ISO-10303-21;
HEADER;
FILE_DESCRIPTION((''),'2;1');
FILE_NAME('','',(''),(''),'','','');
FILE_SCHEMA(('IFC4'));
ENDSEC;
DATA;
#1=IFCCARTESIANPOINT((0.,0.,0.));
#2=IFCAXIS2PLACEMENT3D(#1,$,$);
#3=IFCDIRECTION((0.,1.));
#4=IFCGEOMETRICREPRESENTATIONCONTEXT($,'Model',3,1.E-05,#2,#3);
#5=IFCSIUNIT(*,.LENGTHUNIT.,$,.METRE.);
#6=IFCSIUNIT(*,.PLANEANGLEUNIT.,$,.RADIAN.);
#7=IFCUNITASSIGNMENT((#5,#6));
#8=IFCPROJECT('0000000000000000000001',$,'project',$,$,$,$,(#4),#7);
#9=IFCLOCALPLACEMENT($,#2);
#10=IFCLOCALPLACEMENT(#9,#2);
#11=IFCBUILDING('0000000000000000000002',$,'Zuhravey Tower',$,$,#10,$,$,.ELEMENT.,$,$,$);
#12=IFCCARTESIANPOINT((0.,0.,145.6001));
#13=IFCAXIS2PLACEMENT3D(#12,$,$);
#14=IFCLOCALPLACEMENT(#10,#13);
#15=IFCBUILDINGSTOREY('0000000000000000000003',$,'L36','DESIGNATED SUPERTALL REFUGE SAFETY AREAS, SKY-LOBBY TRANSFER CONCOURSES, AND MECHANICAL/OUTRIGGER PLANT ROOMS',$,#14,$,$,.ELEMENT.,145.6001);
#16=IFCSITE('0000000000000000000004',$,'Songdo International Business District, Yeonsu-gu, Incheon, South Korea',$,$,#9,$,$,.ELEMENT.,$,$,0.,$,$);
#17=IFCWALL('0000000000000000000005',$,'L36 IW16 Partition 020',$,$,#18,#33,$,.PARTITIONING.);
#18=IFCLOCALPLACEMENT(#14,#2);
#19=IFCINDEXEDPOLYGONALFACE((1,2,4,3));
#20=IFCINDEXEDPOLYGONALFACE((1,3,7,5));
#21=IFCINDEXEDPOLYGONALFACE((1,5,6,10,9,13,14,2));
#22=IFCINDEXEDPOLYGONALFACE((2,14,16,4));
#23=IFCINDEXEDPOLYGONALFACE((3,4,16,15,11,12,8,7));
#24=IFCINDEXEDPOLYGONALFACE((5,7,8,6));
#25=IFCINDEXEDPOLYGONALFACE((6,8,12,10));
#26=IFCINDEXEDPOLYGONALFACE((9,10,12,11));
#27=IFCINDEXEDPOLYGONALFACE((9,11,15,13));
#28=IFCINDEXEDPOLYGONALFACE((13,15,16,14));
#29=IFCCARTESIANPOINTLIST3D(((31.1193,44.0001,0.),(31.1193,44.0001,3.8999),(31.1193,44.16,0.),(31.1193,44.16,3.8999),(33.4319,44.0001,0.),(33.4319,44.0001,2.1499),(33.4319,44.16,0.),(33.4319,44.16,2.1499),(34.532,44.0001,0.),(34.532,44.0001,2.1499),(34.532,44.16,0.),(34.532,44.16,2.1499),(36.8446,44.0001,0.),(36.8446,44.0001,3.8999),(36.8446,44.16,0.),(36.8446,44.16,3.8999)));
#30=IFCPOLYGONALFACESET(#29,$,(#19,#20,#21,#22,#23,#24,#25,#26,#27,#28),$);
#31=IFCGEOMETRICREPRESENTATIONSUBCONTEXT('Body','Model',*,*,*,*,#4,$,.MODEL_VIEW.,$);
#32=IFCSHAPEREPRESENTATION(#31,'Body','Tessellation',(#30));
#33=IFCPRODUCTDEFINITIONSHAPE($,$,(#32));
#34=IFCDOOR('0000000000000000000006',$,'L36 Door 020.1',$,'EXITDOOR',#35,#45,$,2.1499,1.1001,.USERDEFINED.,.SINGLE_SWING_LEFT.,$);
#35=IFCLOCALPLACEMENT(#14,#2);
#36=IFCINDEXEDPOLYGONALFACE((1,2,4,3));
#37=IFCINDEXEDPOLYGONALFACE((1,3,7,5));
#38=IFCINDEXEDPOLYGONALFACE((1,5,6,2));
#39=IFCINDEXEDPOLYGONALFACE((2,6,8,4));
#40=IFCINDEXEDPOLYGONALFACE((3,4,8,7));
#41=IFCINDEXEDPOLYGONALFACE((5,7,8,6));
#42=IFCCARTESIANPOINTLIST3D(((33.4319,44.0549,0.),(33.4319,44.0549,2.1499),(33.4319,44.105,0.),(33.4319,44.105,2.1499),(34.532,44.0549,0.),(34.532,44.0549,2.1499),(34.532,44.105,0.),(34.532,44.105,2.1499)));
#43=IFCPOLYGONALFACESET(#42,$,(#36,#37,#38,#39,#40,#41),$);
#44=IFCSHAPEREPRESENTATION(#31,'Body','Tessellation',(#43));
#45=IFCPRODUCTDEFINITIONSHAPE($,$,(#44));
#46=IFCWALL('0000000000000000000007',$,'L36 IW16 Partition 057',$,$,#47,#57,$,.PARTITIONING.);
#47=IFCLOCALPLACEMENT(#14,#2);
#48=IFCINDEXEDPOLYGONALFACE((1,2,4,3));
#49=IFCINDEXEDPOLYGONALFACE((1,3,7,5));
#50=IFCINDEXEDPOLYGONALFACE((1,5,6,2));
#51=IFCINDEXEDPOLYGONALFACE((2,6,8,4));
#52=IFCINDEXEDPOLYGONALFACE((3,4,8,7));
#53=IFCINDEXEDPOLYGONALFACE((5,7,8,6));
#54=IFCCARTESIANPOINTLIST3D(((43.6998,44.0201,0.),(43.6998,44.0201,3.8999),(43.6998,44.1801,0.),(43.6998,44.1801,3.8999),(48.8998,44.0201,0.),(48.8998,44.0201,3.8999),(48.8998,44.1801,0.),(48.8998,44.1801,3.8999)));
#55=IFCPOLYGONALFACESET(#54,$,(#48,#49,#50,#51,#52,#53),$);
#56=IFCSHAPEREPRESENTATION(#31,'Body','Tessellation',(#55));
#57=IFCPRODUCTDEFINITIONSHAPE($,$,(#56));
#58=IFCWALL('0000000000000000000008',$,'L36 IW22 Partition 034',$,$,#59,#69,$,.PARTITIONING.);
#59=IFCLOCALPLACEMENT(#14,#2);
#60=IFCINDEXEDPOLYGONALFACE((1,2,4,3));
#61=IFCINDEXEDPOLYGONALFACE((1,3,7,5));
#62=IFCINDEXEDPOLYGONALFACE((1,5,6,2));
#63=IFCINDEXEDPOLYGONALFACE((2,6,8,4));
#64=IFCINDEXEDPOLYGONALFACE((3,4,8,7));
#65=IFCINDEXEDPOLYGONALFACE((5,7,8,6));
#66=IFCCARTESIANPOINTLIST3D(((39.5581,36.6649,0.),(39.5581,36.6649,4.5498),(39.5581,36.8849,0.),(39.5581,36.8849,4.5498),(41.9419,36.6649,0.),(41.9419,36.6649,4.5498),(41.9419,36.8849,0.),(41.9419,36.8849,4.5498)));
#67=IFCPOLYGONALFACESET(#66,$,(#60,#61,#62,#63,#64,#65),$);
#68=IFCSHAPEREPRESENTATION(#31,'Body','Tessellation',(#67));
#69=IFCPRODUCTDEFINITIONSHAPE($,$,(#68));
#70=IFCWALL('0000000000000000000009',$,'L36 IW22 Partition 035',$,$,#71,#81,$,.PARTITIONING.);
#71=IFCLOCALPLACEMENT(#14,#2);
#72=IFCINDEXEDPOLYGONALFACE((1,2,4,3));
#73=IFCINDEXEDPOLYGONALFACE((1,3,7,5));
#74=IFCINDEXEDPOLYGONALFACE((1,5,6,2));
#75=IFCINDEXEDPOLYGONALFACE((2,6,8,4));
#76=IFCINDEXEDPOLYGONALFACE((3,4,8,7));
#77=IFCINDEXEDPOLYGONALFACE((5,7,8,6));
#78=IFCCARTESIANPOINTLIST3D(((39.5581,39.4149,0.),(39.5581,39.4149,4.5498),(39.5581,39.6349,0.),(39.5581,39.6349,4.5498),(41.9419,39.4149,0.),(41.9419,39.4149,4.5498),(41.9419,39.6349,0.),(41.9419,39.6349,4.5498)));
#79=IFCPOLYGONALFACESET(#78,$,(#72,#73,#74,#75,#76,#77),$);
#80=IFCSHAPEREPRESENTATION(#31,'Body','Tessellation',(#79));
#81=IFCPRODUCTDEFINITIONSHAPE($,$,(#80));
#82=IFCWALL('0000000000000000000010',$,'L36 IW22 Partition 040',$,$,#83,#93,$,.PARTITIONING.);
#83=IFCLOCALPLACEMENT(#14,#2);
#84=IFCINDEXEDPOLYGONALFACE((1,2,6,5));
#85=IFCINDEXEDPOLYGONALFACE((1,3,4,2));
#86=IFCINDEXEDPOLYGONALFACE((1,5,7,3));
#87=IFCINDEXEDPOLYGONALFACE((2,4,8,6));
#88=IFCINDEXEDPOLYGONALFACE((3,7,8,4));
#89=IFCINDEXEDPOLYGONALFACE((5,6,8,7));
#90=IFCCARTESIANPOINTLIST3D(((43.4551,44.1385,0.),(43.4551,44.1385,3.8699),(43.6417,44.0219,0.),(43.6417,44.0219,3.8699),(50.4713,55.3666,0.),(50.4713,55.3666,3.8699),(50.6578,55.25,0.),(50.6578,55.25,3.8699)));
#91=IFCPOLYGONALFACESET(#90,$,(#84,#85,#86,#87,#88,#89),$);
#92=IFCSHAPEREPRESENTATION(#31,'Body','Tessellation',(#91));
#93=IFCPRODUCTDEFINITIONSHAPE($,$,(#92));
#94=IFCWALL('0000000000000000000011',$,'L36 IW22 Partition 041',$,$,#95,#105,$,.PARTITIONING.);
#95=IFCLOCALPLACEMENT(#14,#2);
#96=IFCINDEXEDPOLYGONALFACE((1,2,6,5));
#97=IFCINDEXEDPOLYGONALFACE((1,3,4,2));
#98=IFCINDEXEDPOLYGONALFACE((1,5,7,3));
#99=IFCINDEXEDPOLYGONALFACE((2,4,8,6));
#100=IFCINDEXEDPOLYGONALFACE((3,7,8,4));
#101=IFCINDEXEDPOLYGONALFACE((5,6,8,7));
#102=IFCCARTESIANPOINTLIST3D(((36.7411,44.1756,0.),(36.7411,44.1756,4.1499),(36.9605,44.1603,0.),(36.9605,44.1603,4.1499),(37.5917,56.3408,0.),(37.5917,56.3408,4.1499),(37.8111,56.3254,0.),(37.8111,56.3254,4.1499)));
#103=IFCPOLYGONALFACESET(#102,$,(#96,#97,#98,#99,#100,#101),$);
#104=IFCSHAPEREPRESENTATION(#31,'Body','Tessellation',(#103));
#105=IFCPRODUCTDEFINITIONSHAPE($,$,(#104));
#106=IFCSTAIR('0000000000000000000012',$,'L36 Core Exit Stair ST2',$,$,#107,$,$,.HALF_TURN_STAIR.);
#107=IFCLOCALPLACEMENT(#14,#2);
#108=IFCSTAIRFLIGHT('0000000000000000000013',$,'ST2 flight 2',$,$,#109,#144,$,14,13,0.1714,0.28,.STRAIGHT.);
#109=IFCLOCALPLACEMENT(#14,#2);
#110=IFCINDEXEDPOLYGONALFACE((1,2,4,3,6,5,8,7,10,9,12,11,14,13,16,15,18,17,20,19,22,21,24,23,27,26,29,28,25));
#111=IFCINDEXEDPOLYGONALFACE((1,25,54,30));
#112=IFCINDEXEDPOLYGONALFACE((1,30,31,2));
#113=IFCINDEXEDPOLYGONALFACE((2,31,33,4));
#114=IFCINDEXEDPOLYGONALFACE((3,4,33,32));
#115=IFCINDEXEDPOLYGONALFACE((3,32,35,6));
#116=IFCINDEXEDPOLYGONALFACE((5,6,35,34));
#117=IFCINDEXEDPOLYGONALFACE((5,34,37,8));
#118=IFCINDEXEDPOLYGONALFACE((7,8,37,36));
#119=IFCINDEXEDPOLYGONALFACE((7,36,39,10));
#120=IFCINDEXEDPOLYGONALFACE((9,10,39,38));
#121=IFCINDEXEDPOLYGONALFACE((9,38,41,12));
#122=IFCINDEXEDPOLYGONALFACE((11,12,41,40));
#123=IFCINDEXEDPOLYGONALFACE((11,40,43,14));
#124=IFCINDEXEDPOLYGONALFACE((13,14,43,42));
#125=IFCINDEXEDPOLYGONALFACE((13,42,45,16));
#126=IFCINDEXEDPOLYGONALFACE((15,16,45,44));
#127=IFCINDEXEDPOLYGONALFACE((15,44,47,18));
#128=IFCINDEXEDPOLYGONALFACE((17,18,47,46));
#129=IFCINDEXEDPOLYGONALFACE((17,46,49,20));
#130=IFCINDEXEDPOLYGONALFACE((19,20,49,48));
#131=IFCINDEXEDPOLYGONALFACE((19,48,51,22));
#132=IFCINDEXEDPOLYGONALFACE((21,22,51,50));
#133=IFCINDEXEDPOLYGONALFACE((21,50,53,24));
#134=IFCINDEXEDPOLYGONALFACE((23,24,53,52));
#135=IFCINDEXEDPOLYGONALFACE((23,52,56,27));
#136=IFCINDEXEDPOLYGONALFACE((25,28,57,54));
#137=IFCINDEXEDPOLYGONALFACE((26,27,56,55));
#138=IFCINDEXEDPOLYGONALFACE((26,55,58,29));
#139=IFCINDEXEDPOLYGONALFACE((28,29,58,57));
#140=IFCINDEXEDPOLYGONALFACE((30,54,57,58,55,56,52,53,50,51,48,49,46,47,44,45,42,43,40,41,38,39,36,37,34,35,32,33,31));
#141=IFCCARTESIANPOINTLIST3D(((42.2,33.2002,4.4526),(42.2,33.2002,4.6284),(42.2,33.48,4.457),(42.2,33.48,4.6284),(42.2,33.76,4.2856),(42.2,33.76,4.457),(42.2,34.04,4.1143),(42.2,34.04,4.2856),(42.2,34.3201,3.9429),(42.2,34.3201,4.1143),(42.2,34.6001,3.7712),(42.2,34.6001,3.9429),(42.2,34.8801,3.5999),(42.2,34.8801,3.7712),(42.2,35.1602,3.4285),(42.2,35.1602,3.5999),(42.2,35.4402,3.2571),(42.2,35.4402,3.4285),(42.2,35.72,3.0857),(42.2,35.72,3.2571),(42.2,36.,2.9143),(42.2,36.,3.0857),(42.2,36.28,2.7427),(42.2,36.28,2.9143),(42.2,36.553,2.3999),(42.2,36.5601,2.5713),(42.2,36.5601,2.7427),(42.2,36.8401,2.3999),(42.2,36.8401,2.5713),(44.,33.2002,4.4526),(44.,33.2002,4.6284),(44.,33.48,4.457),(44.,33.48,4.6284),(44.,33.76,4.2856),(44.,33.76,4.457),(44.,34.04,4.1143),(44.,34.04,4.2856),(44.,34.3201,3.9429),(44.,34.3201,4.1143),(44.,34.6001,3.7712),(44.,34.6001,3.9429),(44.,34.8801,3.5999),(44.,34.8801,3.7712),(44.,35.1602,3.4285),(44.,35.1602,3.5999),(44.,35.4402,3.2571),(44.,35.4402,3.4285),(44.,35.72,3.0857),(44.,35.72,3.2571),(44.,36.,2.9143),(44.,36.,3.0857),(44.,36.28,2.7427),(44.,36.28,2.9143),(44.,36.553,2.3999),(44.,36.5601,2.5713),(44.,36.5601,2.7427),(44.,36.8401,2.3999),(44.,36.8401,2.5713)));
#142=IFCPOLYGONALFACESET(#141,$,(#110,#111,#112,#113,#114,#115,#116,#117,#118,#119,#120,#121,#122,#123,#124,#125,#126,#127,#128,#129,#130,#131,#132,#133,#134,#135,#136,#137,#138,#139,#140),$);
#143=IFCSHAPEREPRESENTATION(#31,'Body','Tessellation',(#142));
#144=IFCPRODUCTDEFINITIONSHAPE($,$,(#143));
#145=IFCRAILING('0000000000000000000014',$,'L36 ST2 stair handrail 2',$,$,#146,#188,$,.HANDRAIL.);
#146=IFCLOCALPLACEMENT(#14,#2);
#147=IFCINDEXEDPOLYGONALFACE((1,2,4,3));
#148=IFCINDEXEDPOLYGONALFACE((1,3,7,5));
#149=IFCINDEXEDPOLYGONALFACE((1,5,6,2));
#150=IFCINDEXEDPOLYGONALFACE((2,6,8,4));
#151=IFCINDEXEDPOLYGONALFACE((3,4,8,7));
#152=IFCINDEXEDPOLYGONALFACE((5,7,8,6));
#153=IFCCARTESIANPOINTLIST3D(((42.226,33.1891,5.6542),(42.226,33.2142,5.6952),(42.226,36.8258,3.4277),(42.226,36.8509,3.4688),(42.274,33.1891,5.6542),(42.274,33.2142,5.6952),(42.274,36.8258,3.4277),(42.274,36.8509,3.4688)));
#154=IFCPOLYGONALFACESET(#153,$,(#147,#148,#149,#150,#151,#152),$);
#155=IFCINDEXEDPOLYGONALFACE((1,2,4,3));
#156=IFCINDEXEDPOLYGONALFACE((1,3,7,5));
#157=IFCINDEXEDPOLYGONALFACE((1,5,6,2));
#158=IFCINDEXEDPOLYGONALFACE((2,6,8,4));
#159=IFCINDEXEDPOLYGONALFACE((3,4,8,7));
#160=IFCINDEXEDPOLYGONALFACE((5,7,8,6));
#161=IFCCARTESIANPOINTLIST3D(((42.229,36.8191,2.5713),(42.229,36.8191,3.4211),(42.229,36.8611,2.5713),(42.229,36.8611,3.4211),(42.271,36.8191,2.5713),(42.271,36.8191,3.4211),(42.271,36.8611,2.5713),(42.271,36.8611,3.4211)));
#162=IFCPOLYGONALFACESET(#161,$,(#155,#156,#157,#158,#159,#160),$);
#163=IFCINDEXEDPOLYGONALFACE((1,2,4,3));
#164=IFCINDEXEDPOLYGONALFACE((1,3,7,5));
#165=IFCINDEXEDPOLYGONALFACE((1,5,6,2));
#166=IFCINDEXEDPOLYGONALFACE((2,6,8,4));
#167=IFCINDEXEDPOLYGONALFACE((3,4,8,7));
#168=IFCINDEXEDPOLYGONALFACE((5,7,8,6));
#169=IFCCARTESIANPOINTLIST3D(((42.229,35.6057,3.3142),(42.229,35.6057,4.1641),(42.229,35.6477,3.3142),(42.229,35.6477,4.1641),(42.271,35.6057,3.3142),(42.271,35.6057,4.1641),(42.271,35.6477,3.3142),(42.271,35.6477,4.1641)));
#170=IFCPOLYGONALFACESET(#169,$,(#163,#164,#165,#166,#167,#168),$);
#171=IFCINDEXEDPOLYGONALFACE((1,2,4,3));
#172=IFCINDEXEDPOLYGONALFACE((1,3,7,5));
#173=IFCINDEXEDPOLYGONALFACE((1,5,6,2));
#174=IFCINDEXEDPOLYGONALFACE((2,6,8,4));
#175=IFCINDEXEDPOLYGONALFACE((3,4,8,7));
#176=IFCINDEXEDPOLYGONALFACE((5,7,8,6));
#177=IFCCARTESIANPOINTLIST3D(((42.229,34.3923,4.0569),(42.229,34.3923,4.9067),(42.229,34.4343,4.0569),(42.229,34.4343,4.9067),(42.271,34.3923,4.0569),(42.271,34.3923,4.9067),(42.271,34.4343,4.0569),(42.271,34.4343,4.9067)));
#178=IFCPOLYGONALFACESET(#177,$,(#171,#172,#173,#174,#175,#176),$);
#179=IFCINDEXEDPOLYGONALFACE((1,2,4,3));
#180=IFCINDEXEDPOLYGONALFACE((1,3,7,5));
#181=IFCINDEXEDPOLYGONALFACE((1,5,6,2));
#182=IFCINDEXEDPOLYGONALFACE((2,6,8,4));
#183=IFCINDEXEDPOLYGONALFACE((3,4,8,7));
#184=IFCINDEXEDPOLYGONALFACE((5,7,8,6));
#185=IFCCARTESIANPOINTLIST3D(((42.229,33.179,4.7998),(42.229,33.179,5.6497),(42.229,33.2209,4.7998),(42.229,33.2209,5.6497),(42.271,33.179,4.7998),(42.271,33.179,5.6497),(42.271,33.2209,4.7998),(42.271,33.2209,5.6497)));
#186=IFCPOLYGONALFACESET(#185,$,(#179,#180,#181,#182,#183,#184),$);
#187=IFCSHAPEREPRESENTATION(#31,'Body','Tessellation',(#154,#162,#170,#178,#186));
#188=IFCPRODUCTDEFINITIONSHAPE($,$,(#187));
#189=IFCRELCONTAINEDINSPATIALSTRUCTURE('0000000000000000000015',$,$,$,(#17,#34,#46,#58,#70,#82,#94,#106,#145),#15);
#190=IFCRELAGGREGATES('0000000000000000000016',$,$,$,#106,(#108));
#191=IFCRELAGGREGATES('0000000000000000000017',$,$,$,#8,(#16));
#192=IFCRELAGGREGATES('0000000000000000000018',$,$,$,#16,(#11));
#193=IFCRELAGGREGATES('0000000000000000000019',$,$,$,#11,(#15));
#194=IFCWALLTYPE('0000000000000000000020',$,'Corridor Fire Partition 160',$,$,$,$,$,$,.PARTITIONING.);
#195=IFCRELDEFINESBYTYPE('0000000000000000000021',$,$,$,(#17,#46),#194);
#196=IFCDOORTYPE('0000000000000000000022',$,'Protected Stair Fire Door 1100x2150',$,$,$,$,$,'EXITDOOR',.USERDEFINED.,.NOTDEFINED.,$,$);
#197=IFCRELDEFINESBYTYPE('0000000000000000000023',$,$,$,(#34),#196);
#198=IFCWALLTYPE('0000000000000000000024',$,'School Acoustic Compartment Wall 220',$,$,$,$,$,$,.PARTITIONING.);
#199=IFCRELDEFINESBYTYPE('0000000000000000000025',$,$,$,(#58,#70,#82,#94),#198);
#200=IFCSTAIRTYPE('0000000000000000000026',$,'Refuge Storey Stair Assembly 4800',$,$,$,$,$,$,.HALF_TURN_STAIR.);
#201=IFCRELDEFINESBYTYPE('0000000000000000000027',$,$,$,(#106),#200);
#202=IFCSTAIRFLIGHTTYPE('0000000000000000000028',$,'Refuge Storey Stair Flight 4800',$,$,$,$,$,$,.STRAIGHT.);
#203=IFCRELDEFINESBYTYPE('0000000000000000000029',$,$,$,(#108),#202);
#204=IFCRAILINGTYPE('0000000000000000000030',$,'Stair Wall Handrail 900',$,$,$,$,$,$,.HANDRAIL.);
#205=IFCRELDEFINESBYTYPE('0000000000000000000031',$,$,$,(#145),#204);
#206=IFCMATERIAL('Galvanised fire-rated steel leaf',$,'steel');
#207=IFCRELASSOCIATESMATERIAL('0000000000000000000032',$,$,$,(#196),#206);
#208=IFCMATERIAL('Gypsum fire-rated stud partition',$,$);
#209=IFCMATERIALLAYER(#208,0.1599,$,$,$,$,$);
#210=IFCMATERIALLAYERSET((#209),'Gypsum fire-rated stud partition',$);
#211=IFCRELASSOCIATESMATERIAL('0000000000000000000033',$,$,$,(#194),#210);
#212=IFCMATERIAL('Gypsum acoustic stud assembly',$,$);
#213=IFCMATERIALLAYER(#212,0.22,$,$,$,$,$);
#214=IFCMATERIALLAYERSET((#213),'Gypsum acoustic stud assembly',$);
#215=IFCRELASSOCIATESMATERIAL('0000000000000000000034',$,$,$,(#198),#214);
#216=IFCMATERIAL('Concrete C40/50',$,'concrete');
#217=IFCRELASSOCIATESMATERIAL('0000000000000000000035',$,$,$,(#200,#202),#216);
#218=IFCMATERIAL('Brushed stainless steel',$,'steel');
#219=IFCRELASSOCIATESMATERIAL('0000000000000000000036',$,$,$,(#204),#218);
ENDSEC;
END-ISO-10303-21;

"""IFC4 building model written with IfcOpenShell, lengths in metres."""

from ifc_helpers import new_model, si_unit, direction, frame, frame_2d, origin, origin_2d, place, context, subcontext, project, spatial, polyline, rectangle, outline, extrude, material, layer, layer_set, type_object, element, fill, aggregate, save


model = new_model("IFC4")

# Units and contexts
model_context = context("Model", 3, precision=1e-05, world=origin(), true_north=direction((0.0, 1.0)))
body_context = subcontext(model_context, "Body", "Model", "MODEL_VIEW")
ifc_project = project(units=[si_unit("LENGTHUNIT", "METRE"), si_unit("PLANEANGLEUNIT", "RADIAN")], contexts=[model_context])

# Site, building, storey
site_placement = place(None, origin())
site = spatial("IfcSite", under=ifc_project, at=site_placement, Name="Songdo International Business District, Yeonsu-gu, Incheon, South Korea", CompositionType="ELEMENT", RefElevation=0.0)
building_placement = place(site_placement, origin())
building = spatial("IfcBuilding", under=site, at=building_placement, Name="Zuhravey Tower", CompositionType="ELEMENT")
storey_placement = place(building_placement, frame((0.0, 0.0, 145.6001)))
storey = spatial("IfcBuildingStorey", under=building, at=storey_placement, Name="L36", Description="DESIGNATED SUPERTALL REFUGE SAFETY AREAS, SKY-LOBBY TRANSFER CONCOURSES, AND MECHANICAL/OUTRIGGER PLANT ROOMS", CompositionType="ELEMENT", Elevation=145.6001)

# Wall, opening, door
ifc_material_1 = material(Name="Galvanised fire-rated steel leaf", Category="steel")
door_type_1 = type_object("IfcDoorType", Name="Protected Stair Fire Door 1100x2150", ElementType="EXITDOOR", OperationType="NOTDEFINED", PredefinedType="USERDEFINED", material=ifc_material_1)
ifc_material_2 = material(Name="Gypsum fire-rated stud partition")
ifc_layer_1 = layer(ifc_material_2, 0.1599)
ifc_layer_set_1 = layer_set([ifc_layer_1], Name="Gypsum fire-rated stud partition")
wall_type_1 = type_object("IfcWallType", Name="Corridor Fire Partition 160", PredefinedType="PARTITIONING", material=ifc_layer_set_1)
wall_1_placement = place(storey_placement, frame((36.8447, 44.0801, 0.0), z_axis=(0.0, 0.0, 1.0), x_axis=(-1.0, 0.0, 0.0)))
wall_1 = element("IfcWall", 1, at=wall_1_placement, inside=storey, type_object=wall_type_1, Name="L36 IW16 Partition 020", PredefinedType="PARTITIONING", context=body_context, shape_type="SweptSolid", body=[
    extrude(rectangle(XDim=5.7253, YDim=0.1599, at=frame_2d((2.8628, 0.0))), origin(), (0.0, 0.0, 1.0), 3.8999),
])
opening_1_placement = place(wall_1_placement, frame((2.3127, 0.0, 0.0)))
opening_1 = element("IfcOpeningElement", 2, at=opening_1_placement, cuts=wall_1, PredefinedType="OPENING", context=body_context, shape_type="SweptSolid", body=[
    extrude(rectangle(XDim=1.1001, YDim=2.1499, at=frame_2d((0.55, 1.075))), frame((0.0, 0.092, 0.0), z_axis=(0.0, -1.0, 0.0), x_axis=(1.0, 0.0, 0.0)), (0.0, 0.0, 1.0), 0.1838),
])
door_1_placement = place(opening_1_placement, frame((1.1001, 0.0, 0.0), z_axis=(0.0, 0.0, 1.0), x_axis=(-1.0, 0.0, 0.0)))
door_1 = element("IfcDoor", 3, at=door_1_placement, inside=storey, type_object=door_type_1, Name="L36 Door 020.1", ObjectType="EXITDOOR", OperationType="SINGLE_SWING_LEFT", OverallHeight=2.1499, OverallWidth=1.1001, PredefinedType="USERDEFINED", context=body_context, shape_type="SweptSolid", body=[
    extrude(rectangle(XDim=1.1001, YDim=2.1499, at=frame_2d((0.55, 1.075))), frame((0.0, 0.0249, 0.0), z_axis=(0.0, -1.0, 0.0), x_axis=(1.0, 0.0, 0.0)), (0.0, 0.0, 1.0), 0.05),
])
fill(opening_1, door_1)

# Wall
wall_2_placement = place(storey_placement, frame((48.8999, 44.1001, 0.0), z_axis=(0.0, 0.0, 1.0), x_axis=(-1.0, 0.0, 0.0)))
element("IfcWall", 4, at=wall_2_placement, inside=storey, type_object=wall_type_1, Name="L36 IW16 Partition 057", PredefinedType="PARTITIONING", context=body_context, shape_type="SweptSolid", body=[
    extrude(rectangle(XDim=5.2, YDim=0.1599, at=frame_2d((2.6001, 0.0))), origin(), (0.0, 0.0, 1.0), 3.8999),
])

# Walls
ifc_material_3 = material(Name="Gypsum acoustic stud assembly")
ifc_layer_2 = layer(ifc_material_3, 0.22)
ifc_layer_set_2 = layer_set([ifc_layer_2], Name="Gypsum acoustic stud assembly")
wall_type_2 = type_object("IfcWallType", Name="School Acoustic Compartment Wall 220", PredefinedType="PARTITIONING", material=ifc_layer_set_2)
for number, where, z_axis, x_axis, name in (
    (5, (39.5581, 36.7749, 0.0), (0.0, 0.0, 1.0), (1.0, 0.0, 0.0), "L36 IW22 Partition 034"),
    (6, (39.5581, 39.5249, 0.0), (0.0, 0.0, 1.0), (1.0, 0.0, 0.0), "L36 IW22 Partition 035"),
):
    element("IfcWall", number, at=place(storey_placement, frame(where, z_axis=z_axis, x_axis=x_axis)), inside=storey, type_object=wall_type_2, Name=name, PredefinedType="PARTITIONING", context=body_context, shape_type="SweptSolid", body=[
        extrude(rectangle(XDim=2.3838, YDim=0.22, at=frame_2d((1.1919, 0.0))), origin(), (0.0, 0.0, 1.0), 4.5498),
    ])
wall_3_placement = place(storey_placement, frame((43.5483, 44.0801, 0.0), z_axis=(0.0, 0.0, 1.0), x_axis=(0.529923, 0.848046, 0.0)))
element("IfcWall", 7, at=wall_3_placement, inside=storey, type_object=wall_type_2, Name="L36 IW22 Partition 040", PredefinedType="PARTITIONING", context=body_context, shape_type="SweptSolid", body=[
    extrude(rectangle(XDim=13.24, YDim=0.22, at=frame_2d((6.6201, 0.0))), origin(), (0.0, 0.0, 1.0), 3.8699),
])
wall_4_placement = place(storey_placement, frame((36.8508, 44.168, 0.0), z_axis=(0.0, 0.0, 1.0), x_axis=(0.06975, 0.997564, 0.0)))
element("IfcWall", 8, at=wall_4_placement, inside=storey, type_object=wall_type_2, Name="L36 IW22 Partition 041", PredefinedType="PARTITIONING", context=body_context, shape_type="SweptSolid", body=[
    extrude(rectangle(XDim=12.1948, YDim=0.22, at=frame_2d((6.0974, 0.0))), origin(), (0.0, 0.0, 1.0), 4.1499),
])

# Stair, stair flight
ifc_material_4 = material(Name="Concrete C40/50", Category="concrete")
stair_type = type_object("IfcStairType", Name="Refuge Storey Stair Assembly 4800", PredefinedType="HALF_TURN_STAIR", material=ifc_material_4)
stair_placement = place(storey_placement, origin())
stair = element("IfcStair", 9, at=stair_placement, inside=storey, type_object=stair_type, Name="L36 Core Exit Stair ST2", PredefinedType="HALF_TURN_STAIR")
stair_flight_type = type_object("IfcStairFlightType", Name="Refuge Storey Stair Flight 4800", PredefinedType="STRAIGHT", material=ifc_material_4)
stair_flight_placement = place(storey_placement, frame((43.1001, 36.8401, 2.3999), z_axis=(0.0, 0.0, 1.0), x_axis=(0.0, -1.0, 0.0)))
stair_flight = element("IfcStairFlight", 10, at=stair_flight_placement, type_object=stair_flight_type, Name="ST2 flight 2", NumberOfRisers=14, NumberOfTreads=13, PredefinedType="STRAIGHT", RiserHeight=0.1714, TreadLength=0.28, context=body_context, shape_type="SweptSolid", body=[
    extrude(outline(polyline([(0.0, 0.0), (0.0, 0.1714), (0.28, 0.1714), (0.28, 0.3428), (0.5601, 0.3428), (0.5601, 0.5144), (0.8401, 0.5144), (0.8401, 0.6858), (1.1201, 0.6858), (1.1201, 0.8572), (1.3999, 0.8572), (1.3999, 1.0286), (1.6799, 1.0286), (1.6799, 1.2), (1.96, 1.2), (1.96, 1.3713), (2.24, 1.3713), (2.24, 1.543), (2.52, 1.543), (2.52, 1.7144), (2.8, 1.7144), (2.8, 1.8857), (3.0801, 1.8857), (3.0801, 2.0571), (3.3601, 2.0571), (3.3601, 2.2285), (3.6399, 2.2285), (3.6399, 2.3999), (3.6399, 2.0527), (0.2871, 0.0), (0.0, 0.0)])), frame((0.0, 0.8999, 0.0), z_axis=(0.0, -1.0, 0.0), x_axis=(1.0, 0.0, 0.0)), (0.0, 0.0, 1.0), 1.8),
])
aggregate(stair, [stair_flight])

# Railing
ifc_material_5 = material(Name="Brushed stainless steel", Category="steel")
railing_type_1 = type_object("IfcRailingType", Name="Stair Wall Handrail 900", PredefinedType="HANDRAIL", material=ifc_material_5)
railing_1_placement = place(storey_placement, frame((42.25, 36.8401, 2.5713)))
element("IfcRailing", 11, at=railing_1_placement, inside=storey, type_object=railing_type_1, Name="L36 ST2 stair handrail 2", PredefinedType="HANDRAIL", context=body_context, shape_type="SweptSolid", body=[
    extrude(rectangle(XDim=0.0481, YDim=0.0481, at=origin_2d()), frame((0.0, -0.0017, 0.877), z_axis=(0.0, -0.852866, 0.52213), x_axis=(1.0, 0.0, 0.0)), (0.0, 0.0, 1.0), 4.2642),
    extrude(rectangle(XDim=0.042, YDim=0.042, at=origin_2d()), origin(), (0.0, 0.0, 1.0), 0.8499),
    extrude(rectangle(XDim=0.042, YDim=0.042, at=origin_2d()), frame((0.0, -1.2134, 0.7429)), (0.0, 0.0, 1.0), 0.8499),
    extrude(rectangle(XDim=0.042, YDim=0.042, at=origin_2d()), frame((0.0, -2.4268, 1.4856)), (0.0, 0.0, 1.0), 0.8499),
    extrude(rectangle(XDim=0.042, YDim=0.042, at=origin_2d()), frame((0.0, -3.6401, 2.2285)), (0.0, 0.0, 1.0), 0.8499),
])

save(model, "model.ifc")
